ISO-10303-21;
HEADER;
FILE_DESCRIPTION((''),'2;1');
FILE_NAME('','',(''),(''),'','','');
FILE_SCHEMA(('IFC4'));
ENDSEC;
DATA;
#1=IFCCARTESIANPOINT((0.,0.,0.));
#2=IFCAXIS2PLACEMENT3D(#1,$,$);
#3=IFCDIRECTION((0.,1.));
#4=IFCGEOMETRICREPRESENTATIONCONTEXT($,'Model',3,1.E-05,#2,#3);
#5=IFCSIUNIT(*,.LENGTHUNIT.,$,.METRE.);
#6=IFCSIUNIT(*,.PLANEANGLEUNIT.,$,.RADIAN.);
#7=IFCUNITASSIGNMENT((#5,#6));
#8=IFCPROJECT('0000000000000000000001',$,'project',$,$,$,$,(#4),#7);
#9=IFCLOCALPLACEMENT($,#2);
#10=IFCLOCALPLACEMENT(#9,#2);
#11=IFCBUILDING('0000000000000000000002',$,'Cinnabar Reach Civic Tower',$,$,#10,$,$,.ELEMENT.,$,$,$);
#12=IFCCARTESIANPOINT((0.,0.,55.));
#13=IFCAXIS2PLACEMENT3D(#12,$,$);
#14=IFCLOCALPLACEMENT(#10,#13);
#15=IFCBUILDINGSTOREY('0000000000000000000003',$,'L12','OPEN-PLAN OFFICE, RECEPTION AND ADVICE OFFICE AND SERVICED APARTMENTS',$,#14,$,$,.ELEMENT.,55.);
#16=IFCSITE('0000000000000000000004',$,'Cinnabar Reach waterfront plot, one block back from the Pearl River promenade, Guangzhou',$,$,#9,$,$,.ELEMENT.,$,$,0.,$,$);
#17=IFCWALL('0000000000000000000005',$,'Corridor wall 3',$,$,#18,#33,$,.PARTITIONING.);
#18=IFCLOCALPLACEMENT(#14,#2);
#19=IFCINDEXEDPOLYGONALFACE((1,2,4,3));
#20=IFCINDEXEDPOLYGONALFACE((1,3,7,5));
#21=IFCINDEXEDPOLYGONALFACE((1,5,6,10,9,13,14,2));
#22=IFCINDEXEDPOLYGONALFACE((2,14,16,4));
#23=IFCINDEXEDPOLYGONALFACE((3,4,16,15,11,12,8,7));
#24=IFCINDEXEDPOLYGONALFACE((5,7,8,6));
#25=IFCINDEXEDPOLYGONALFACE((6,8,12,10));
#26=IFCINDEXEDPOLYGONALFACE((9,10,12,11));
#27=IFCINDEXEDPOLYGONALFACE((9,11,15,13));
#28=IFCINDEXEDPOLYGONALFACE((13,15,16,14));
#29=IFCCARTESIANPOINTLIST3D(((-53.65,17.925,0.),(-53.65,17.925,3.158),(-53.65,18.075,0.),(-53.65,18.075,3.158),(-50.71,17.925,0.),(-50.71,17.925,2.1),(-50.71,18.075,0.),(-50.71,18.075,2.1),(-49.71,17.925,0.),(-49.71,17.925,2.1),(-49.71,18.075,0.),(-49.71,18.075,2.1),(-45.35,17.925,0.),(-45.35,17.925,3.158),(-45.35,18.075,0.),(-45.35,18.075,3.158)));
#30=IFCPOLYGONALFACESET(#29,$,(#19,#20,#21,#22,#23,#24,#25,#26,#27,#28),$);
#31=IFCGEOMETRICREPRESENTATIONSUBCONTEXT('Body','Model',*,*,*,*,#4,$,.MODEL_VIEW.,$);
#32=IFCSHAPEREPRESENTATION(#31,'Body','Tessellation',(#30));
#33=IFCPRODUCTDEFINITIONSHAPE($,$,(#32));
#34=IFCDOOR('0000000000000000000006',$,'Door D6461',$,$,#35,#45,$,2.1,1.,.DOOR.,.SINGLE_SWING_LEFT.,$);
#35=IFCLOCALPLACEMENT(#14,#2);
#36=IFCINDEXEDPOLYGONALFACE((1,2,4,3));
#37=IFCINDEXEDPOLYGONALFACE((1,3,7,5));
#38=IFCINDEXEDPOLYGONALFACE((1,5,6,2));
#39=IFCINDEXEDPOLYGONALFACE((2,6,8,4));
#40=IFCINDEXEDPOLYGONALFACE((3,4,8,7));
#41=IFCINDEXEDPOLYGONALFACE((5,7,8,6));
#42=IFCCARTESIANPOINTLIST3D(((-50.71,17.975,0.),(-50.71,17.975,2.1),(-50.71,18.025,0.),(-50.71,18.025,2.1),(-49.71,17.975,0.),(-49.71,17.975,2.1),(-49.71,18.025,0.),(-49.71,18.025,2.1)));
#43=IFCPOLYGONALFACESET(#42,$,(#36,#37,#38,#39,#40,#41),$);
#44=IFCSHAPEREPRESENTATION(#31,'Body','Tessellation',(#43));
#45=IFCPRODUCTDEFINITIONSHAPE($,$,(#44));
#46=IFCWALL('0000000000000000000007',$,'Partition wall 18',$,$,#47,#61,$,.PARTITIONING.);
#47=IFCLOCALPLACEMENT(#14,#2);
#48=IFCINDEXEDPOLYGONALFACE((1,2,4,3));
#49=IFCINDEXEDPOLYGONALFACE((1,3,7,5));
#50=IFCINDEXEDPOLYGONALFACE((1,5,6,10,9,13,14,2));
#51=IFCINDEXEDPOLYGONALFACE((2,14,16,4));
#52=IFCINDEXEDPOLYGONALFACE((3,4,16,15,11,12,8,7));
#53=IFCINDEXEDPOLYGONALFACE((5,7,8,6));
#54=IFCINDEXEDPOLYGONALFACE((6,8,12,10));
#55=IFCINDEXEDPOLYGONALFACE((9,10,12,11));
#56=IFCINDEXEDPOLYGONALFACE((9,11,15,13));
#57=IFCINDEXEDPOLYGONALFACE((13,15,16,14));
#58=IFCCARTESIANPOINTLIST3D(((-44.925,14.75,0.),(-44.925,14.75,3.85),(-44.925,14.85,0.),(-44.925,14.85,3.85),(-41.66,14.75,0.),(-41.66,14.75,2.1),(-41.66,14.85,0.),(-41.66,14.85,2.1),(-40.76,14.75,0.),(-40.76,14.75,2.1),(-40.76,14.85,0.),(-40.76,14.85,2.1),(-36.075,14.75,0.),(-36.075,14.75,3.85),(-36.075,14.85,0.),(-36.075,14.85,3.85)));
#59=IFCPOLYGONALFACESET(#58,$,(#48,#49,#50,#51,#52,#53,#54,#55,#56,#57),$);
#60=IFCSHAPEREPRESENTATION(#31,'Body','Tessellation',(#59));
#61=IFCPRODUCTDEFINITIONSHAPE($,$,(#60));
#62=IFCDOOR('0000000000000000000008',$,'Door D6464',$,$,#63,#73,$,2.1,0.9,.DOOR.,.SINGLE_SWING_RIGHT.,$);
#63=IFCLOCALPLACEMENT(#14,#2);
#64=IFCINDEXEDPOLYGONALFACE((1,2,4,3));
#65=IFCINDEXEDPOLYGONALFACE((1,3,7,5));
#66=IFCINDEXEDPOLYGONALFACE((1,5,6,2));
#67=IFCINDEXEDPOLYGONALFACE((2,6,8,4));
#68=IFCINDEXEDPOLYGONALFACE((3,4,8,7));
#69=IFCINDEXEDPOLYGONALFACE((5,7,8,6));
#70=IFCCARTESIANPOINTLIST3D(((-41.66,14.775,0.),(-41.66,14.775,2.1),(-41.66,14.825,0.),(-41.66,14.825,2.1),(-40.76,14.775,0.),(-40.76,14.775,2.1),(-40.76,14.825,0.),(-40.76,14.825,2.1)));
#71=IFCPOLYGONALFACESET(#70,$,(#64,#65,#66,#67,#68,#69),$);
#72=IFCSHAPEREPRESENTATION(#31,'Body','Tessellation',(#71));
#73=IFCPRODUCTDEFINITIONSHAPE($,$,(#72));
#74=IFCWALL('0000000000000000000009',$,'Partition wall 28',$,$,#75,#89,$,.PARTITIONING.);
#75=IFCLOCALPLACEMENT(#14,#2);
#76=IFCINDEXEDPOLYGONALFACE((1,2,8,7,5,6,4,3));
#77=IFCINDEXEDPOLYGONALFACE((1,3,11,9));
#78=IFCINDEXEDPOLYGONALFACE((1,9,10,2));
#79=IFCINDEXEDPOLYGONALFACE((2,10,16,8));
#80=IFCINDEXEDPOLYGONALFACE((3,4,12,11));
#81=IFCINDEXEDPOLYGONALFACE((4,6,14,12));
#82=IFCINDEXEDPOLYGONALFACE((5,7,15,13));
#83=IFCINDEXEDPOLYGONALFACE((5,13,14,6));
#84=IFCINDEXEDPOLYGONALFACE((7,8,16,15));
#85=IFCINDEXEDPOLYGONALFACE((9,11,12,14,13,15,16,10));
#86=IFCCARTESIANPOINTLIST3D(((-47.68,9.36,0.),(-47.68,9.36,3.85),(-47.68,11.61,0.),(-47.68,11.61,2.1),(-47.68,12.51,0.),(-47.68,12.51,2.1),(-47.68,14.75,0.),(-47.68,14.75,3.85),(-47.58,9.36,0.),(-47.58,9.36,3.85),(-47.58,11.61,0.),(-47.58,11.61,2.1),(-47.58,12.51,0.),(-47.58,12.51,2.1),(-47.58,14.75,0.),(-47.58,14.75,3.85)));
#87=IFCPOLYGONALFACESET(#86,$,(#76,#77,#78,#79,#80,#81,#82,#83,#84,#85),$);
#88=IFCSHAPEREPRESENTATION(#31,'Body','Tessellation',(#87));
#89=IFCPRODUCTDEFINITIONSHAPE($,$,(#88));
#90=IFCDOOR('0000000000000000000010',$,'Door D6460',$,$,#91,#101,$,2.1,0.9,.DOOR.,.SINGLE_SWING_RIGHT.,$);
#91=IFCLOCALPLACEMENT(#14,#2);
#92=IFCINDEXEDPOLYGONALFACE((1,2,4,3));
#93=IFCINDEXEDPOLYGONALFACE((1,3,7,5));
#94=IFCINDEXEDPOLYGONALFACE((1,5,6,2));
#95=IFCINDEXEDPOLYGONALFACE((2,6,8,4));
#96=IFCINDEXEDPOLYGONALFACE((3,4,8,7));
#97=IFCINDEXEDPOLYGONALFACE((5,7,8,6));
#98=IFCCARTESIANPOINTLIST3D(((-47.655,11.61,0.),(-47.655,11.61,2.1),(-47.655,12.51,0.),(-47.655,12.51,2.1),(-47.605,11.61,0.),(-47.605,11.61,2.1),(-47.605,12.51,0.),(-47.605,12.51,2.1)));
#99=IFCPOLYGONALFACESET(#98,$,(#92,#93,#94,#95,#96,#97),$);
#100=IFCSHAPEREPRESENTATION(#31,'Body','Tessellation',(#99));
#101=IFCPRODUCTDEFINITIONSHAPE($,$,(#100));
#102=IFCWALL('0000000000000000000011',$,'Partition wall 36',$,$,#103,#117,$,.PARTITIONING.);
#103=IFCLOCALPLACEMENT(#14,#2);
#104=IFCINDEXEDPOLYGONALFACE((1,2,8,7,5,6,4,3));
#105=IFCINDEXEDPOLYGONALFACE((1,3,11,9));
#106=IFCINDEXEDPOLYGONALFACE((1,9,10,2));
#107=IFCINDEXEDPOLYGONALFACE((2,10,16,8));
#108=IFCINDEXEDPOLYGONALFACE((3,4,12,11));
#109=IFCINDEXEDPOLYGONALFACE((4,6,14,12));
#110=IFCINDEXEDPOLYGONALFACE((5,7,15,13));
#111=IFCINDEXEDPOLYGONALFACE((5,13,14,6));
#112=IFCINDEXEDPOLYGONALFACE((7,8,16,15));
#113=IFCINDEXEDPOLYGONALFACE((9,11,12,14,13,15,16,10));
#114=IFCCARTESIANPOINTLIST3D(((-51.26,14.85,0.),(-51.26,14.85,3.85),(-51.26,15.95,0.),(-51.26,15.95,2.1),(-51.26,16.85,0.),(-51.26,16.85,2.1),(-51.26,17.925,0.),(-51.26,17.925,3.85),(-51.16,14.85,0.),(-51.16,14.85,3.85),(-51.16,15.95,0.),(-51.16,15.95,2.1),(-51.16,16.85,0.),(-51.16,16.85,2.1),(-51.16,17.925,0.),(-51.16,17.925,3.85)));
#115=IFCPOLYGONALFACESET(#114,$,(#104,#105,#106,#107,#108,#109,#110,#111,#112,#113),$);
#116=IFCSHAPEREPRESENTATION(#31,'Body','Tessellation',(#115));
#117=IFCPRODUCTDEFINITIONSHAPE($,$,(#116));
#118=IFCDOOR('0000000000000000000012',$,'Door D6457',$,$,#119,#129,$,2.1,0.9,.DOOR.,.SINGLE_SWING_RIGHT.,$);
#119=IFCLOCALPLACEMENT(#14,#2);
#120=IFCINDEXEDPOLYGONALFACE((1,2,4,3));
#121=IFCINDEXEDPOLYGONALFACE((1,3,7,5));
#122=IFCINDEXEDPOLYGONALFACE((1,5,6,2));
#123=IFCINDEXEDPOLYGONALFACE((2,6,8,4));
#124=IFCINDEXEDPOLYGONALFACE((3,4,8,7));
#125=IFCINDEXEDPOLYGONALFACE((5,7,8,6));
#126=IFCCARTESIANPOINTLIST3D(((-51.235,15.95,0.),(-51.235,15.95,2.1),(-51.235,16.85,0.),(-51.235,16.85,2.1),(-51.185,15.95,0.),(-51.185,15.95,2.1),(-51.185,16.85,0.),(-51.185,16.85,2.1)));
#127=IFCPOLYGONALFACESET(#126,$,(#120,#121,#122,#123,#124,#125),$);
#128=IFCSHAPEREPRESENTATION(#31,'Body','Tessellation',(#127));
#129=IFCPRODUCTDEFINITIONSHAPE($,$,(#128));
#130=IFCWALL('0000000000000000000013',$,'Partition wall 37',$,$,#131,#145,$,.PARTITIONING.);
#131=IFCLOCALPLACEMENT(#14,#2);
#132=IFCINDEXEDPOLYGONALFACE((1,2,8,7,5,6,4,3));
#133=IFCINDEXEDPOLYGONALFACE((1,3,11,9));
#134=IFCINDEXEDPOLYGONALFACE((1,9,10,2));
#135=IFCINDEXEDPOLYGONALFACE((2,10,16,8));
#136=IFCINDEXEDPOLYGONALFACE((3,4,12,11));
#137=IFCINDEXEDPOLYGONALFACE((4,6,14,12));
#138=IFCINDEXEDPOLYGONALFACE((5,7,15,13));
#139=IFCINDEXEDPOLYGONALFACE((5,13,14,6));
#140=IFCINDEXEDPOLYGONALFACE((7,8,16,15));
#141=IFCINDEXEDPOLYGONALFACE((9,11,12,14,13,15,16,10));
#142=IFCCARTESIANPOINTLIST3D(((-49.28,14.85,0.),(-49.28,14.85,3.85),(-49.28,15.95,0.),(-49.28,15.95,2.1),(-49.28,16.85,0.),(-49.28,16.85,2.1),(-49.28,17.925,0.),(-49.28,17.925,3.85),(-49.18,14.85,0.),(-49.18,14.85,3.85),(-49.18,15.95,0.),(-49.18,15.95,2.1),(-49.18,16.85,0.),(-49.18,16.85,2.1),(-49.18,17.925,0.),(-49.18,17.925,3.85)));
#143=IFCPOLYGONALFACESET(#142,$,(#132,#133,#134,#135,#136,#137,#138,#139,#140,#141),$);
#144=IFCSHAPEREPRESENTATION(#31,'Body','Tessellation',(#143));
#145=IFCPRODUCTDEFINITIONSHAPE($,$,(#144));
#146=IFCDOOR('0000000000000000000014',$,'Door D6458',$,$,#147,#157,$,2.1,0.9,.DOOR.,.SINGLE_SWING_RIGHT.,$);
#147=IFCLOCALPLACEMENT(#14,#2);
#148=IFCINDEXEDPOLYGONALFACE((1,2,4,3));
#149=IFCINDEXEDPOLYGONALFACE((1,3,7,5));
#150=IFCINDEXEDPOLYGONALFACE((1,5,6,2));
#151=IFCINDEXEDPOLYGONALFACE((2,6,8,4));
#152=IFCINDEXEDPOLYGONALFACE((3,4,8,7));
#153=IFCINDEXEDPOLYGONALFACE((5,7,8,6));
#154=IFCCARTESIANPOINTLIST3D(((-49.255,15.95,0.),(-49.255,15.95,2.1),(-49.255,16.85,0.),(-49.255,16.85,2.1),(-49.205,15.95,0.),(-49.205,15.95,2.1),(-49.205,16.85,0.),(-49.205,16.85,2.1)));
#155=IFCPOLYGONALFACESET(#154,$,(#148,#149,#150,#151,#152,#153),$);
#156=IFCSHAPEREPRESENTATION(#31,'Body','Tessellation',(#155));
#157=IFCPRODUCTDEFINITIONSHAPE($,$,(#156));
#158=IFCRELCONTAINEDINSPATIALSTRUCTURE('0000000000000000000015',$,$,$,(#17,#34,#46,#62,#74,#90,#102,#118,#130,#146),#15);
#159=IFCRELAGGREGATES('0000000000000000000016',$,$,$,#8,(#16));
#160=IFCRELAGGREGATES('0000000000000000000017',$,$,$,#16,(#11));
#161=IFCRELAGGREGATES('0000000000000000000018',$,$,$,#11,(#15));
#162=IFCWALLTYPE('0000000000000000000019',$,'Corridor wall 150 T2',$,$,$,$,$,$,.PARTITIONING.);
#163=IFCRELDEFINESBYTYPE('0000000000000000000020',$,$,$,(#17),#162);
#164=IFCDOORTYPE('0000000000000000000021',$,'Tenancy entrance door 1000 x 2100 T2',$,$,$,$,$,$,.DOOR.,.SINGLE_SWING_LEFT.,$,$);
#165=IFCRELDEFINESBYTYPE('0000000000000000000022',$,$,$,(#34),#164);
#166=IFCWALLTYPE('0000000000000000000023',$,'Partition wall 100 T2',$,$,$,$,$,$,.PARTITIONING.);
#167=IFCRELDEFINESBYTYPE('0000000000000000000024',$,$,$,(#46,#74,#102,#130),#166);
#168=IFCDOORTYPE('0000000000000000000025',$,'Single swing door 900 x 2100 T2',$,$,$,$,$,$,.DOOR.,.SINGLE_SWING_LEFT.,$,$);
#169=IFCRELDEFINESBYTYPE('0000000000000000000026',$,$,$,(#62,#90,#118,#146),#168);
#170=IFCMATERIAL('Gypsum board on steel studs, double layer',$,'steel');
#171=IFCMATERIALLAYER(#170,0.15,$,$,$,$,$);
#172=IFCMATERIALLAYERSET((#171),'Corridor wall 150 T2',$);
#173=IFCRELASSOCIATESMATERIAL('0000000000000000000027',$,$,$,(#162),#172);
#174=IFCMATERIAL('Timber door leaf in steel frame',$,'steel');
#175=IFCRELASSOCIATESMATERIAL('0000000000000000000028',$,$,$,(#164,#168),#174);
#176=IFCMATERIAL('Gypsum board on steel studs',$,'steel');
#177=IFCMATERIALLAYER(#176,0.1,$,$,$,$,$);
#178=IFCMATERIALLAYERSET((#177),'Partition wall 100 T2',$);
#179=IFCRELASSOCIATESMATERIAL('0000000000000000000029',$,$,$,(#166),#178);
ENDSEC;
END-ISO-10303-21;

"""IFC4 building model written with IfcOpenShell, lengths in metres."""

from ifc_helpers import new_model, si_unit, direction, frame, frame_2d, origin, place, context, subcontext, project, spatial, rectangle, extrude, material, layer, layer_set, type_object, element, fill, save


model = new_model("IFC4")

# Units and contexts
model_context = context("Model", 3, precision=1e-05, world=origin(), true_north=direction((0.0, 1.0)))
body_context = subcontext(model_context, "Body", "Model", "MODEL_VIEW")
ifc_project = project(units=[si_unit("LENGTHUNIT", "METRE"), si_unit("PLANEANGLEUNIT", "RADIAN")], contexts=[model_context])

# Site, building, storey
site_placement = place(None, origin())
site = spatial("IfcSite", under=ifc_project, at=site_placement, Name="Cinnabar Reach waterfront plot, one block back from the Pearl River promenade, Guangzhou", CompositionType="ELEMENT", RefElevation=0.0)
building_placement = place(site_placement, origin())
building = spatial("IfcBuilding", under=site, at=building_placement, Name="Cinnabar Reach Civic Tower", CompositionType="ELEMENT")
storey_placement = place(building_placement, frame((0.0, 0.0, 55.0)))
storey = spatial("IfcBuildingStorey", under=building, at=storey_placement, Name="L12", Description="OPEN-PLAN OFFICE, RECEPTION AND ADVICE OFFICE AND SERVICED APARTMENTS", CompositionType="ELEMENT", Elevation=55.0)

# Walls, openings, doors
ifc_material_1 = material(Name="Gypsum board on steel studs, double layer", Category="steel")
ifc_layer_1 = layer(ifc_material_1, 0.15)
ifc_layer_set_1 = layer_set([ifc_layer_1], Name="Corridor wall 150 T2")
wall_type_1 = type_object("IfcWallType", Name="Corridor wall 150 T2", PredefinedType="PARTITIONING", material=ifc_layer_set_1)
wall_1_placement = place(storey_placement, frame((-53.65, 18.0, 0.0), z_axis=(0.0, 0.0, 1.0), x_axis=(1.0, 0.0, 0.0)))
wall_1 = element("IfcWall", 1, at=wall_1_placement, inside=storey, type_object=wall_type_1, Name="Corridor wall 3", PredefinedType="PARTITIONING", context=body_context, shape_type="SweptSolid", body=[
    extrude(rectangle(XDim=8.3, YDim=0.15, at=frame_2d((4.15, 0.0))), origin(), (0.0, 0.0, 1.0), 3.158),
])
opening_1_placement = place(wall_1_placement, frame((2.94, 0.0, 0.0)))
opening_1 = element("IfcOpeningElement", 2, at=opening_1_placement, cuts=wall_1, PredefinedType="OPENING", context=body_context, shape_type="SweptSolid", body=[
    extrude(rectangle(XDim=1.0, YDim=2.1, at=frame_2d((0.5, 1.05))), frame((0.0, 0.085, 0.0), z_axis=(0.0, -1.0, 0.0), x_axis=(1.0, 0.0, 0.0)), (0.0, 0.0, 1.0), 0.17),
])
ifc_material_2 = material(Name="Timber door leaf in steel frame", Category="steel")
door_type_1 = type_object("IfcDoorType", Name="Tenancy entrance door 1000 x 2100 T2", OperationType="SINGLE_SWING_LEFT", PredefinedType="DOOR", material=ifc_material_2)
door_1_placement = place(opening_1_placement, frame((1.0, 0.0, 0.0), z_axis=(0.0, 0.0, 1.0), x_axis=(-1.0, 0.0, 0.0)))
door_1 = element("IfcDoor", 3, at=door_1_placement, inside=storey, type_object=door_type_1, Name="Door D6461", OperationType="SINGLE_SWING_LEFT", OverallHeight=2.1, OverallWidth=1.0, PredefinedType="DOOR", context=body_context, shape_type="SweptSolid", body=[
    extrude(rectangle(XDim=1.0, YDim=2.1, at=frame_2d((0.5, 1.05))), frame((0.0, 0.025, 0.0), z_axis=(0.0, -1.0, 0.0), x_axis=(1.0, 0.0, 0.0)), (0.0, 0.0, 1.0), 0.05),
])
fill(opening_1, door_1)
ifc_material_3 = material(Name="Gypsum board on steel studs", Category="steel")
ifc_layer_2 = layer(ifc_material_3, 0.1)
ifc_layer_set_2 = layer_set([ifc_layer_2], Name="Partition wall 100 T2")
wall_type_2 = type_object("IfcWallType", Name="Partition wall 100 T2", PredefinedType="PARTITIONING", material=ifc_layer_set_2)
wall_2_placement = place(storey_placement, frame((-44.925, 14.8, 0.0), z_axis=(0.0, 0.0, 1.0), x_axis=(1.0, 0.0, 0.0)))
wall_2 = element("IfcWall", 4, at=wall_2_placement, inside=storey, type_object=wall_type_2, Name="Partition wall 18", PredefinedType="PARTITIONING", context=body_context, shape_type="SweptSolid", body=[
    extrude(rectangle(XDim=8.85, YDim=0.1, at=frame_2d((4.425, 0.0))), origin(), (0.0, 0.0, 1.0), 3.85),
])
opening_2_placement = place(wall_2_placement, frame((3.265, 0.0, 0.0)))
opening_2 = element("IfcOpeningElement", 5, at=opening_2_placement, cuts=wall_2, PredefinedType="OPENING", context=body_context, shape_type="SweptSolid", body=[
    extrude(rectangle(XDim=0.9, YDim=2.1, at=frame_2d((0.45, 1.05))), frame((0.0, 0.06, 0.0), z_axis=(0.0, -1.0, 0.0), x_axis=(1.0, 0.0, 0.0)), (0.0, 0.0, 1.0), 0.12),
])
door_type_2 = type_object("IfcDoorType", Name="Single swing door 900 x 2100 T2", OperationType="SINGLE_SWING_LEFT", PredefinedType="DOOR", material=ifc_material_2)
door_2_placement = place(opening_2_placement, origin())
door_2 = element("IfcDoor", 6, at=door_2_placement, inside=storey, type_object=door_type_2, Name="Door D6464", OperationType="SINGLE_SWING_RIGHT", OverallHeight=2.1, OverallWidth=0.9, PredefinedType="DOOR", context=body_context, shape_type="SweptSolid", body=[
    extrude(rectangle(XDim=0.9, YDim=2.1, at=frame_2d((0.45, 1.05))), frame((0.0, 0.025, 0.0), z_axis=(0.0, -1.0, 0.0), x_axis=(1.0, 0.0, 0.0)), (0.0, 0.0, 1.0), 0.05),
])
fill(opening_2, door_2)
wall_3_placement = place(storey_placement, frame((-47.63, 9.36, 0.0), z_axis=(0.0, 0.0, 1.0), x_axis=(0.0, 1.0, 0.0)))
wall_3 = element("IfcWall", 7, at=wall_3_placement, inside=storey, type_object=wall_type_2, Name="Partition wall 28", PredefinedType="PARTITIONING", context=body_context, shape_type="SweptSolid", body=[
    extrude(rectangle(XDim=5.39, YDim=0.1, at=frame_2d((2.695, 0.0))), origin(), (0.0, 0.0, 1.0), 3.85),
])
opening_3_placement = place(wall_3_placement, frame((2.25, 0.0, 0.0)))
opening_3 = element("IfcOpeningElement", 8, at=opening_3_placement, cuts=wall_3, PredefinedType="OPENING", context=body_context, shape_type="SweptSolid", body=[
    extrude(rectangle(XDim=0.9, YDim=2.1, at=frame_2d((0.45, 1.05))), frame((0.0, 0.06, 0.0), z_axis=(0.0, -1.0, 0.0), x_axis=(1.0, 0.0, 0.0)), (0.0, 0.0, 1.0), 0.12),
])
door_3_placement = place(opening_3_placement, frame((0.9, 0.0, 0.0), z_axis=(0.0, 0.0, 1.0), x_axis=(-1.0, 0.0, 0.0)))
door_3 = element("IfcDoor", 9, at=door_3_placement, inside=storey, type_object=door_type_2, Name="Door D6460", OperationType="SINGLE_SWING_RIGHT", OverallHeight=2.1, OverallWidth=0.9, PredefinedType="DOOR", context=body_context, shape_type="SweptSolid", body=[
    extrude(rectangle(XDim=0.9, YDim=2.1, at=frame_2d((0.45, 1.05))), frame((0.0, 0.025, 0.0), z_axis=(0.0, -1.0, 0.0), x_axis=(1.0, 0.0, 0.0)), (0.0, 0.0, 1.0), 0.05),
])
fill(opening_3, door_3)
wall_4_placement = place(storey_placement, frame((-51.21, 14.85, 0.0), z_axis=(0.0, 0.0, 1.0), x_axis=(0.0, 1.0, 0.0)))
wall_4 = element("IfcWall", 10, at=wall_4_placement, inside=storey, type_object=wall_type_2, Name="Partition wall 36", PredefinedType="PARTITIONING", context=body_context, shape_type="SweptSolid", body=[
    extrude(rectangle(XDim=3.075, YDim=0.1, at=frame_2d((1.5375, 0.0))), origin(), (0.0, 0.0, 1.0), 3.85),
])
opening_4_placement = place(wall_4_placement, frame((1.1, 0.0, 0.0)))
opening_4 = element("IfcOpeningElement", 11, at=opening_4_placement, cuts=wall_4, PredefinedType="OPENING", context=body_context, shape_type="SweptSolid", body=[
    extrude(rectangle(XDim=0.9, YDim=2.1, at=frame_2d((0.45, 1.05))), frame((0.0, 0.06, 0.0), z_axis=(0.0, -1.0, 0.0), x_axis=(1.0, 0.0, 0.0)), (0.0, 0.0, 1.0), 0.12),
])
door_4_placement = place(opening_4_placement, origin())
door_4 = element("IfcDoor", 12, at=door_4_placement, inside=storey, type_object=door_type_2, Name="Door D6457", OperationType="SINGLE_SWING_RIGHT", OverallHeight=2.1, OverallWidth=0.9, PredefinedType="DOOR", context=body_context, shape_type="SweptSolid", body=[
    extrude(rectangle(XDim=0.9, YDim=2.1, at=frame_2d((0.45, 1.05))), frame((0.0, 0.025, 0.0), z_axis=(0.0, -1.0, 0.0), x_axis=(1.0, 0.0, 0.0)), (0.0, 0.0, 1.0), 0.05),
])
fill(opening_4, door_4)
wall_5_placement = place(storey_placement, frame((-49.23, 14.85, 0.0), z_axis=(0.0, 0.0, 1.0), x_axis=(0.0, 1.0, 0.0)))
wall_5 = element("IfcWall", 13, at=wall_5_placement, inside=storey, type_object=wall_type_2, Name="Partition wall 37", PredefinedType="PARTITIONING", context=body_context, shape_type="SweptSolid", body=[
    extrude(rectangle(XDim=3.075, YDim=0.1, at=frame_2d((1.5375, 0.0))), origin(), (0.0, 0.0, 1.0), 3.85),
])
opening_5_placement = place(wall_5_placement, frame((1.1, 0.0, 0.0)))
opening_5 = element("IfcOpeningElement", 14, at=opening_5_placement, cuts=wall_5, PredefinedType="OPENING", context=body_context, shape_type="SweptSolid", body=[
    extrude(rectangle(XDim=0.9, YDim=2.1, at=frame_2d((0.45, 1.05))), frame((0.0, 0.06, 0.0), z_axis=(0.0, -1.0, 0.0), x_axis=(1.0, 0.0, 0.0)), (0.0, 0.0, 1.0), 0.12),
])
door_5_placement = place(opening_5_placement, origin())
door_5 = element("IfcDoor", 15, at=door_5_placement, inside=storey, type_object=door_type_2, Name="Door D6458", OperationType="SINGLE_SWING_RIGHT", OverallHeight=2.1, OverallWidth=0.9, PredefinedType="DOOR", context=body_context, shape_type="SweptSolid", body=[
    extrude(rectangle(XDim=0.9, YDim=2.1, at=frame_2d((0.45, 1.05))), frame((0.0, 0.025, 0.0), z_axis=(0.0, -1.0, 0.0), x_axis=(1.0, 0.0, 0.0)), (0.0, 0.0, 1.0), 0.05),
])
fill(opening_5, door_5)

save(model, "model.ifc")
